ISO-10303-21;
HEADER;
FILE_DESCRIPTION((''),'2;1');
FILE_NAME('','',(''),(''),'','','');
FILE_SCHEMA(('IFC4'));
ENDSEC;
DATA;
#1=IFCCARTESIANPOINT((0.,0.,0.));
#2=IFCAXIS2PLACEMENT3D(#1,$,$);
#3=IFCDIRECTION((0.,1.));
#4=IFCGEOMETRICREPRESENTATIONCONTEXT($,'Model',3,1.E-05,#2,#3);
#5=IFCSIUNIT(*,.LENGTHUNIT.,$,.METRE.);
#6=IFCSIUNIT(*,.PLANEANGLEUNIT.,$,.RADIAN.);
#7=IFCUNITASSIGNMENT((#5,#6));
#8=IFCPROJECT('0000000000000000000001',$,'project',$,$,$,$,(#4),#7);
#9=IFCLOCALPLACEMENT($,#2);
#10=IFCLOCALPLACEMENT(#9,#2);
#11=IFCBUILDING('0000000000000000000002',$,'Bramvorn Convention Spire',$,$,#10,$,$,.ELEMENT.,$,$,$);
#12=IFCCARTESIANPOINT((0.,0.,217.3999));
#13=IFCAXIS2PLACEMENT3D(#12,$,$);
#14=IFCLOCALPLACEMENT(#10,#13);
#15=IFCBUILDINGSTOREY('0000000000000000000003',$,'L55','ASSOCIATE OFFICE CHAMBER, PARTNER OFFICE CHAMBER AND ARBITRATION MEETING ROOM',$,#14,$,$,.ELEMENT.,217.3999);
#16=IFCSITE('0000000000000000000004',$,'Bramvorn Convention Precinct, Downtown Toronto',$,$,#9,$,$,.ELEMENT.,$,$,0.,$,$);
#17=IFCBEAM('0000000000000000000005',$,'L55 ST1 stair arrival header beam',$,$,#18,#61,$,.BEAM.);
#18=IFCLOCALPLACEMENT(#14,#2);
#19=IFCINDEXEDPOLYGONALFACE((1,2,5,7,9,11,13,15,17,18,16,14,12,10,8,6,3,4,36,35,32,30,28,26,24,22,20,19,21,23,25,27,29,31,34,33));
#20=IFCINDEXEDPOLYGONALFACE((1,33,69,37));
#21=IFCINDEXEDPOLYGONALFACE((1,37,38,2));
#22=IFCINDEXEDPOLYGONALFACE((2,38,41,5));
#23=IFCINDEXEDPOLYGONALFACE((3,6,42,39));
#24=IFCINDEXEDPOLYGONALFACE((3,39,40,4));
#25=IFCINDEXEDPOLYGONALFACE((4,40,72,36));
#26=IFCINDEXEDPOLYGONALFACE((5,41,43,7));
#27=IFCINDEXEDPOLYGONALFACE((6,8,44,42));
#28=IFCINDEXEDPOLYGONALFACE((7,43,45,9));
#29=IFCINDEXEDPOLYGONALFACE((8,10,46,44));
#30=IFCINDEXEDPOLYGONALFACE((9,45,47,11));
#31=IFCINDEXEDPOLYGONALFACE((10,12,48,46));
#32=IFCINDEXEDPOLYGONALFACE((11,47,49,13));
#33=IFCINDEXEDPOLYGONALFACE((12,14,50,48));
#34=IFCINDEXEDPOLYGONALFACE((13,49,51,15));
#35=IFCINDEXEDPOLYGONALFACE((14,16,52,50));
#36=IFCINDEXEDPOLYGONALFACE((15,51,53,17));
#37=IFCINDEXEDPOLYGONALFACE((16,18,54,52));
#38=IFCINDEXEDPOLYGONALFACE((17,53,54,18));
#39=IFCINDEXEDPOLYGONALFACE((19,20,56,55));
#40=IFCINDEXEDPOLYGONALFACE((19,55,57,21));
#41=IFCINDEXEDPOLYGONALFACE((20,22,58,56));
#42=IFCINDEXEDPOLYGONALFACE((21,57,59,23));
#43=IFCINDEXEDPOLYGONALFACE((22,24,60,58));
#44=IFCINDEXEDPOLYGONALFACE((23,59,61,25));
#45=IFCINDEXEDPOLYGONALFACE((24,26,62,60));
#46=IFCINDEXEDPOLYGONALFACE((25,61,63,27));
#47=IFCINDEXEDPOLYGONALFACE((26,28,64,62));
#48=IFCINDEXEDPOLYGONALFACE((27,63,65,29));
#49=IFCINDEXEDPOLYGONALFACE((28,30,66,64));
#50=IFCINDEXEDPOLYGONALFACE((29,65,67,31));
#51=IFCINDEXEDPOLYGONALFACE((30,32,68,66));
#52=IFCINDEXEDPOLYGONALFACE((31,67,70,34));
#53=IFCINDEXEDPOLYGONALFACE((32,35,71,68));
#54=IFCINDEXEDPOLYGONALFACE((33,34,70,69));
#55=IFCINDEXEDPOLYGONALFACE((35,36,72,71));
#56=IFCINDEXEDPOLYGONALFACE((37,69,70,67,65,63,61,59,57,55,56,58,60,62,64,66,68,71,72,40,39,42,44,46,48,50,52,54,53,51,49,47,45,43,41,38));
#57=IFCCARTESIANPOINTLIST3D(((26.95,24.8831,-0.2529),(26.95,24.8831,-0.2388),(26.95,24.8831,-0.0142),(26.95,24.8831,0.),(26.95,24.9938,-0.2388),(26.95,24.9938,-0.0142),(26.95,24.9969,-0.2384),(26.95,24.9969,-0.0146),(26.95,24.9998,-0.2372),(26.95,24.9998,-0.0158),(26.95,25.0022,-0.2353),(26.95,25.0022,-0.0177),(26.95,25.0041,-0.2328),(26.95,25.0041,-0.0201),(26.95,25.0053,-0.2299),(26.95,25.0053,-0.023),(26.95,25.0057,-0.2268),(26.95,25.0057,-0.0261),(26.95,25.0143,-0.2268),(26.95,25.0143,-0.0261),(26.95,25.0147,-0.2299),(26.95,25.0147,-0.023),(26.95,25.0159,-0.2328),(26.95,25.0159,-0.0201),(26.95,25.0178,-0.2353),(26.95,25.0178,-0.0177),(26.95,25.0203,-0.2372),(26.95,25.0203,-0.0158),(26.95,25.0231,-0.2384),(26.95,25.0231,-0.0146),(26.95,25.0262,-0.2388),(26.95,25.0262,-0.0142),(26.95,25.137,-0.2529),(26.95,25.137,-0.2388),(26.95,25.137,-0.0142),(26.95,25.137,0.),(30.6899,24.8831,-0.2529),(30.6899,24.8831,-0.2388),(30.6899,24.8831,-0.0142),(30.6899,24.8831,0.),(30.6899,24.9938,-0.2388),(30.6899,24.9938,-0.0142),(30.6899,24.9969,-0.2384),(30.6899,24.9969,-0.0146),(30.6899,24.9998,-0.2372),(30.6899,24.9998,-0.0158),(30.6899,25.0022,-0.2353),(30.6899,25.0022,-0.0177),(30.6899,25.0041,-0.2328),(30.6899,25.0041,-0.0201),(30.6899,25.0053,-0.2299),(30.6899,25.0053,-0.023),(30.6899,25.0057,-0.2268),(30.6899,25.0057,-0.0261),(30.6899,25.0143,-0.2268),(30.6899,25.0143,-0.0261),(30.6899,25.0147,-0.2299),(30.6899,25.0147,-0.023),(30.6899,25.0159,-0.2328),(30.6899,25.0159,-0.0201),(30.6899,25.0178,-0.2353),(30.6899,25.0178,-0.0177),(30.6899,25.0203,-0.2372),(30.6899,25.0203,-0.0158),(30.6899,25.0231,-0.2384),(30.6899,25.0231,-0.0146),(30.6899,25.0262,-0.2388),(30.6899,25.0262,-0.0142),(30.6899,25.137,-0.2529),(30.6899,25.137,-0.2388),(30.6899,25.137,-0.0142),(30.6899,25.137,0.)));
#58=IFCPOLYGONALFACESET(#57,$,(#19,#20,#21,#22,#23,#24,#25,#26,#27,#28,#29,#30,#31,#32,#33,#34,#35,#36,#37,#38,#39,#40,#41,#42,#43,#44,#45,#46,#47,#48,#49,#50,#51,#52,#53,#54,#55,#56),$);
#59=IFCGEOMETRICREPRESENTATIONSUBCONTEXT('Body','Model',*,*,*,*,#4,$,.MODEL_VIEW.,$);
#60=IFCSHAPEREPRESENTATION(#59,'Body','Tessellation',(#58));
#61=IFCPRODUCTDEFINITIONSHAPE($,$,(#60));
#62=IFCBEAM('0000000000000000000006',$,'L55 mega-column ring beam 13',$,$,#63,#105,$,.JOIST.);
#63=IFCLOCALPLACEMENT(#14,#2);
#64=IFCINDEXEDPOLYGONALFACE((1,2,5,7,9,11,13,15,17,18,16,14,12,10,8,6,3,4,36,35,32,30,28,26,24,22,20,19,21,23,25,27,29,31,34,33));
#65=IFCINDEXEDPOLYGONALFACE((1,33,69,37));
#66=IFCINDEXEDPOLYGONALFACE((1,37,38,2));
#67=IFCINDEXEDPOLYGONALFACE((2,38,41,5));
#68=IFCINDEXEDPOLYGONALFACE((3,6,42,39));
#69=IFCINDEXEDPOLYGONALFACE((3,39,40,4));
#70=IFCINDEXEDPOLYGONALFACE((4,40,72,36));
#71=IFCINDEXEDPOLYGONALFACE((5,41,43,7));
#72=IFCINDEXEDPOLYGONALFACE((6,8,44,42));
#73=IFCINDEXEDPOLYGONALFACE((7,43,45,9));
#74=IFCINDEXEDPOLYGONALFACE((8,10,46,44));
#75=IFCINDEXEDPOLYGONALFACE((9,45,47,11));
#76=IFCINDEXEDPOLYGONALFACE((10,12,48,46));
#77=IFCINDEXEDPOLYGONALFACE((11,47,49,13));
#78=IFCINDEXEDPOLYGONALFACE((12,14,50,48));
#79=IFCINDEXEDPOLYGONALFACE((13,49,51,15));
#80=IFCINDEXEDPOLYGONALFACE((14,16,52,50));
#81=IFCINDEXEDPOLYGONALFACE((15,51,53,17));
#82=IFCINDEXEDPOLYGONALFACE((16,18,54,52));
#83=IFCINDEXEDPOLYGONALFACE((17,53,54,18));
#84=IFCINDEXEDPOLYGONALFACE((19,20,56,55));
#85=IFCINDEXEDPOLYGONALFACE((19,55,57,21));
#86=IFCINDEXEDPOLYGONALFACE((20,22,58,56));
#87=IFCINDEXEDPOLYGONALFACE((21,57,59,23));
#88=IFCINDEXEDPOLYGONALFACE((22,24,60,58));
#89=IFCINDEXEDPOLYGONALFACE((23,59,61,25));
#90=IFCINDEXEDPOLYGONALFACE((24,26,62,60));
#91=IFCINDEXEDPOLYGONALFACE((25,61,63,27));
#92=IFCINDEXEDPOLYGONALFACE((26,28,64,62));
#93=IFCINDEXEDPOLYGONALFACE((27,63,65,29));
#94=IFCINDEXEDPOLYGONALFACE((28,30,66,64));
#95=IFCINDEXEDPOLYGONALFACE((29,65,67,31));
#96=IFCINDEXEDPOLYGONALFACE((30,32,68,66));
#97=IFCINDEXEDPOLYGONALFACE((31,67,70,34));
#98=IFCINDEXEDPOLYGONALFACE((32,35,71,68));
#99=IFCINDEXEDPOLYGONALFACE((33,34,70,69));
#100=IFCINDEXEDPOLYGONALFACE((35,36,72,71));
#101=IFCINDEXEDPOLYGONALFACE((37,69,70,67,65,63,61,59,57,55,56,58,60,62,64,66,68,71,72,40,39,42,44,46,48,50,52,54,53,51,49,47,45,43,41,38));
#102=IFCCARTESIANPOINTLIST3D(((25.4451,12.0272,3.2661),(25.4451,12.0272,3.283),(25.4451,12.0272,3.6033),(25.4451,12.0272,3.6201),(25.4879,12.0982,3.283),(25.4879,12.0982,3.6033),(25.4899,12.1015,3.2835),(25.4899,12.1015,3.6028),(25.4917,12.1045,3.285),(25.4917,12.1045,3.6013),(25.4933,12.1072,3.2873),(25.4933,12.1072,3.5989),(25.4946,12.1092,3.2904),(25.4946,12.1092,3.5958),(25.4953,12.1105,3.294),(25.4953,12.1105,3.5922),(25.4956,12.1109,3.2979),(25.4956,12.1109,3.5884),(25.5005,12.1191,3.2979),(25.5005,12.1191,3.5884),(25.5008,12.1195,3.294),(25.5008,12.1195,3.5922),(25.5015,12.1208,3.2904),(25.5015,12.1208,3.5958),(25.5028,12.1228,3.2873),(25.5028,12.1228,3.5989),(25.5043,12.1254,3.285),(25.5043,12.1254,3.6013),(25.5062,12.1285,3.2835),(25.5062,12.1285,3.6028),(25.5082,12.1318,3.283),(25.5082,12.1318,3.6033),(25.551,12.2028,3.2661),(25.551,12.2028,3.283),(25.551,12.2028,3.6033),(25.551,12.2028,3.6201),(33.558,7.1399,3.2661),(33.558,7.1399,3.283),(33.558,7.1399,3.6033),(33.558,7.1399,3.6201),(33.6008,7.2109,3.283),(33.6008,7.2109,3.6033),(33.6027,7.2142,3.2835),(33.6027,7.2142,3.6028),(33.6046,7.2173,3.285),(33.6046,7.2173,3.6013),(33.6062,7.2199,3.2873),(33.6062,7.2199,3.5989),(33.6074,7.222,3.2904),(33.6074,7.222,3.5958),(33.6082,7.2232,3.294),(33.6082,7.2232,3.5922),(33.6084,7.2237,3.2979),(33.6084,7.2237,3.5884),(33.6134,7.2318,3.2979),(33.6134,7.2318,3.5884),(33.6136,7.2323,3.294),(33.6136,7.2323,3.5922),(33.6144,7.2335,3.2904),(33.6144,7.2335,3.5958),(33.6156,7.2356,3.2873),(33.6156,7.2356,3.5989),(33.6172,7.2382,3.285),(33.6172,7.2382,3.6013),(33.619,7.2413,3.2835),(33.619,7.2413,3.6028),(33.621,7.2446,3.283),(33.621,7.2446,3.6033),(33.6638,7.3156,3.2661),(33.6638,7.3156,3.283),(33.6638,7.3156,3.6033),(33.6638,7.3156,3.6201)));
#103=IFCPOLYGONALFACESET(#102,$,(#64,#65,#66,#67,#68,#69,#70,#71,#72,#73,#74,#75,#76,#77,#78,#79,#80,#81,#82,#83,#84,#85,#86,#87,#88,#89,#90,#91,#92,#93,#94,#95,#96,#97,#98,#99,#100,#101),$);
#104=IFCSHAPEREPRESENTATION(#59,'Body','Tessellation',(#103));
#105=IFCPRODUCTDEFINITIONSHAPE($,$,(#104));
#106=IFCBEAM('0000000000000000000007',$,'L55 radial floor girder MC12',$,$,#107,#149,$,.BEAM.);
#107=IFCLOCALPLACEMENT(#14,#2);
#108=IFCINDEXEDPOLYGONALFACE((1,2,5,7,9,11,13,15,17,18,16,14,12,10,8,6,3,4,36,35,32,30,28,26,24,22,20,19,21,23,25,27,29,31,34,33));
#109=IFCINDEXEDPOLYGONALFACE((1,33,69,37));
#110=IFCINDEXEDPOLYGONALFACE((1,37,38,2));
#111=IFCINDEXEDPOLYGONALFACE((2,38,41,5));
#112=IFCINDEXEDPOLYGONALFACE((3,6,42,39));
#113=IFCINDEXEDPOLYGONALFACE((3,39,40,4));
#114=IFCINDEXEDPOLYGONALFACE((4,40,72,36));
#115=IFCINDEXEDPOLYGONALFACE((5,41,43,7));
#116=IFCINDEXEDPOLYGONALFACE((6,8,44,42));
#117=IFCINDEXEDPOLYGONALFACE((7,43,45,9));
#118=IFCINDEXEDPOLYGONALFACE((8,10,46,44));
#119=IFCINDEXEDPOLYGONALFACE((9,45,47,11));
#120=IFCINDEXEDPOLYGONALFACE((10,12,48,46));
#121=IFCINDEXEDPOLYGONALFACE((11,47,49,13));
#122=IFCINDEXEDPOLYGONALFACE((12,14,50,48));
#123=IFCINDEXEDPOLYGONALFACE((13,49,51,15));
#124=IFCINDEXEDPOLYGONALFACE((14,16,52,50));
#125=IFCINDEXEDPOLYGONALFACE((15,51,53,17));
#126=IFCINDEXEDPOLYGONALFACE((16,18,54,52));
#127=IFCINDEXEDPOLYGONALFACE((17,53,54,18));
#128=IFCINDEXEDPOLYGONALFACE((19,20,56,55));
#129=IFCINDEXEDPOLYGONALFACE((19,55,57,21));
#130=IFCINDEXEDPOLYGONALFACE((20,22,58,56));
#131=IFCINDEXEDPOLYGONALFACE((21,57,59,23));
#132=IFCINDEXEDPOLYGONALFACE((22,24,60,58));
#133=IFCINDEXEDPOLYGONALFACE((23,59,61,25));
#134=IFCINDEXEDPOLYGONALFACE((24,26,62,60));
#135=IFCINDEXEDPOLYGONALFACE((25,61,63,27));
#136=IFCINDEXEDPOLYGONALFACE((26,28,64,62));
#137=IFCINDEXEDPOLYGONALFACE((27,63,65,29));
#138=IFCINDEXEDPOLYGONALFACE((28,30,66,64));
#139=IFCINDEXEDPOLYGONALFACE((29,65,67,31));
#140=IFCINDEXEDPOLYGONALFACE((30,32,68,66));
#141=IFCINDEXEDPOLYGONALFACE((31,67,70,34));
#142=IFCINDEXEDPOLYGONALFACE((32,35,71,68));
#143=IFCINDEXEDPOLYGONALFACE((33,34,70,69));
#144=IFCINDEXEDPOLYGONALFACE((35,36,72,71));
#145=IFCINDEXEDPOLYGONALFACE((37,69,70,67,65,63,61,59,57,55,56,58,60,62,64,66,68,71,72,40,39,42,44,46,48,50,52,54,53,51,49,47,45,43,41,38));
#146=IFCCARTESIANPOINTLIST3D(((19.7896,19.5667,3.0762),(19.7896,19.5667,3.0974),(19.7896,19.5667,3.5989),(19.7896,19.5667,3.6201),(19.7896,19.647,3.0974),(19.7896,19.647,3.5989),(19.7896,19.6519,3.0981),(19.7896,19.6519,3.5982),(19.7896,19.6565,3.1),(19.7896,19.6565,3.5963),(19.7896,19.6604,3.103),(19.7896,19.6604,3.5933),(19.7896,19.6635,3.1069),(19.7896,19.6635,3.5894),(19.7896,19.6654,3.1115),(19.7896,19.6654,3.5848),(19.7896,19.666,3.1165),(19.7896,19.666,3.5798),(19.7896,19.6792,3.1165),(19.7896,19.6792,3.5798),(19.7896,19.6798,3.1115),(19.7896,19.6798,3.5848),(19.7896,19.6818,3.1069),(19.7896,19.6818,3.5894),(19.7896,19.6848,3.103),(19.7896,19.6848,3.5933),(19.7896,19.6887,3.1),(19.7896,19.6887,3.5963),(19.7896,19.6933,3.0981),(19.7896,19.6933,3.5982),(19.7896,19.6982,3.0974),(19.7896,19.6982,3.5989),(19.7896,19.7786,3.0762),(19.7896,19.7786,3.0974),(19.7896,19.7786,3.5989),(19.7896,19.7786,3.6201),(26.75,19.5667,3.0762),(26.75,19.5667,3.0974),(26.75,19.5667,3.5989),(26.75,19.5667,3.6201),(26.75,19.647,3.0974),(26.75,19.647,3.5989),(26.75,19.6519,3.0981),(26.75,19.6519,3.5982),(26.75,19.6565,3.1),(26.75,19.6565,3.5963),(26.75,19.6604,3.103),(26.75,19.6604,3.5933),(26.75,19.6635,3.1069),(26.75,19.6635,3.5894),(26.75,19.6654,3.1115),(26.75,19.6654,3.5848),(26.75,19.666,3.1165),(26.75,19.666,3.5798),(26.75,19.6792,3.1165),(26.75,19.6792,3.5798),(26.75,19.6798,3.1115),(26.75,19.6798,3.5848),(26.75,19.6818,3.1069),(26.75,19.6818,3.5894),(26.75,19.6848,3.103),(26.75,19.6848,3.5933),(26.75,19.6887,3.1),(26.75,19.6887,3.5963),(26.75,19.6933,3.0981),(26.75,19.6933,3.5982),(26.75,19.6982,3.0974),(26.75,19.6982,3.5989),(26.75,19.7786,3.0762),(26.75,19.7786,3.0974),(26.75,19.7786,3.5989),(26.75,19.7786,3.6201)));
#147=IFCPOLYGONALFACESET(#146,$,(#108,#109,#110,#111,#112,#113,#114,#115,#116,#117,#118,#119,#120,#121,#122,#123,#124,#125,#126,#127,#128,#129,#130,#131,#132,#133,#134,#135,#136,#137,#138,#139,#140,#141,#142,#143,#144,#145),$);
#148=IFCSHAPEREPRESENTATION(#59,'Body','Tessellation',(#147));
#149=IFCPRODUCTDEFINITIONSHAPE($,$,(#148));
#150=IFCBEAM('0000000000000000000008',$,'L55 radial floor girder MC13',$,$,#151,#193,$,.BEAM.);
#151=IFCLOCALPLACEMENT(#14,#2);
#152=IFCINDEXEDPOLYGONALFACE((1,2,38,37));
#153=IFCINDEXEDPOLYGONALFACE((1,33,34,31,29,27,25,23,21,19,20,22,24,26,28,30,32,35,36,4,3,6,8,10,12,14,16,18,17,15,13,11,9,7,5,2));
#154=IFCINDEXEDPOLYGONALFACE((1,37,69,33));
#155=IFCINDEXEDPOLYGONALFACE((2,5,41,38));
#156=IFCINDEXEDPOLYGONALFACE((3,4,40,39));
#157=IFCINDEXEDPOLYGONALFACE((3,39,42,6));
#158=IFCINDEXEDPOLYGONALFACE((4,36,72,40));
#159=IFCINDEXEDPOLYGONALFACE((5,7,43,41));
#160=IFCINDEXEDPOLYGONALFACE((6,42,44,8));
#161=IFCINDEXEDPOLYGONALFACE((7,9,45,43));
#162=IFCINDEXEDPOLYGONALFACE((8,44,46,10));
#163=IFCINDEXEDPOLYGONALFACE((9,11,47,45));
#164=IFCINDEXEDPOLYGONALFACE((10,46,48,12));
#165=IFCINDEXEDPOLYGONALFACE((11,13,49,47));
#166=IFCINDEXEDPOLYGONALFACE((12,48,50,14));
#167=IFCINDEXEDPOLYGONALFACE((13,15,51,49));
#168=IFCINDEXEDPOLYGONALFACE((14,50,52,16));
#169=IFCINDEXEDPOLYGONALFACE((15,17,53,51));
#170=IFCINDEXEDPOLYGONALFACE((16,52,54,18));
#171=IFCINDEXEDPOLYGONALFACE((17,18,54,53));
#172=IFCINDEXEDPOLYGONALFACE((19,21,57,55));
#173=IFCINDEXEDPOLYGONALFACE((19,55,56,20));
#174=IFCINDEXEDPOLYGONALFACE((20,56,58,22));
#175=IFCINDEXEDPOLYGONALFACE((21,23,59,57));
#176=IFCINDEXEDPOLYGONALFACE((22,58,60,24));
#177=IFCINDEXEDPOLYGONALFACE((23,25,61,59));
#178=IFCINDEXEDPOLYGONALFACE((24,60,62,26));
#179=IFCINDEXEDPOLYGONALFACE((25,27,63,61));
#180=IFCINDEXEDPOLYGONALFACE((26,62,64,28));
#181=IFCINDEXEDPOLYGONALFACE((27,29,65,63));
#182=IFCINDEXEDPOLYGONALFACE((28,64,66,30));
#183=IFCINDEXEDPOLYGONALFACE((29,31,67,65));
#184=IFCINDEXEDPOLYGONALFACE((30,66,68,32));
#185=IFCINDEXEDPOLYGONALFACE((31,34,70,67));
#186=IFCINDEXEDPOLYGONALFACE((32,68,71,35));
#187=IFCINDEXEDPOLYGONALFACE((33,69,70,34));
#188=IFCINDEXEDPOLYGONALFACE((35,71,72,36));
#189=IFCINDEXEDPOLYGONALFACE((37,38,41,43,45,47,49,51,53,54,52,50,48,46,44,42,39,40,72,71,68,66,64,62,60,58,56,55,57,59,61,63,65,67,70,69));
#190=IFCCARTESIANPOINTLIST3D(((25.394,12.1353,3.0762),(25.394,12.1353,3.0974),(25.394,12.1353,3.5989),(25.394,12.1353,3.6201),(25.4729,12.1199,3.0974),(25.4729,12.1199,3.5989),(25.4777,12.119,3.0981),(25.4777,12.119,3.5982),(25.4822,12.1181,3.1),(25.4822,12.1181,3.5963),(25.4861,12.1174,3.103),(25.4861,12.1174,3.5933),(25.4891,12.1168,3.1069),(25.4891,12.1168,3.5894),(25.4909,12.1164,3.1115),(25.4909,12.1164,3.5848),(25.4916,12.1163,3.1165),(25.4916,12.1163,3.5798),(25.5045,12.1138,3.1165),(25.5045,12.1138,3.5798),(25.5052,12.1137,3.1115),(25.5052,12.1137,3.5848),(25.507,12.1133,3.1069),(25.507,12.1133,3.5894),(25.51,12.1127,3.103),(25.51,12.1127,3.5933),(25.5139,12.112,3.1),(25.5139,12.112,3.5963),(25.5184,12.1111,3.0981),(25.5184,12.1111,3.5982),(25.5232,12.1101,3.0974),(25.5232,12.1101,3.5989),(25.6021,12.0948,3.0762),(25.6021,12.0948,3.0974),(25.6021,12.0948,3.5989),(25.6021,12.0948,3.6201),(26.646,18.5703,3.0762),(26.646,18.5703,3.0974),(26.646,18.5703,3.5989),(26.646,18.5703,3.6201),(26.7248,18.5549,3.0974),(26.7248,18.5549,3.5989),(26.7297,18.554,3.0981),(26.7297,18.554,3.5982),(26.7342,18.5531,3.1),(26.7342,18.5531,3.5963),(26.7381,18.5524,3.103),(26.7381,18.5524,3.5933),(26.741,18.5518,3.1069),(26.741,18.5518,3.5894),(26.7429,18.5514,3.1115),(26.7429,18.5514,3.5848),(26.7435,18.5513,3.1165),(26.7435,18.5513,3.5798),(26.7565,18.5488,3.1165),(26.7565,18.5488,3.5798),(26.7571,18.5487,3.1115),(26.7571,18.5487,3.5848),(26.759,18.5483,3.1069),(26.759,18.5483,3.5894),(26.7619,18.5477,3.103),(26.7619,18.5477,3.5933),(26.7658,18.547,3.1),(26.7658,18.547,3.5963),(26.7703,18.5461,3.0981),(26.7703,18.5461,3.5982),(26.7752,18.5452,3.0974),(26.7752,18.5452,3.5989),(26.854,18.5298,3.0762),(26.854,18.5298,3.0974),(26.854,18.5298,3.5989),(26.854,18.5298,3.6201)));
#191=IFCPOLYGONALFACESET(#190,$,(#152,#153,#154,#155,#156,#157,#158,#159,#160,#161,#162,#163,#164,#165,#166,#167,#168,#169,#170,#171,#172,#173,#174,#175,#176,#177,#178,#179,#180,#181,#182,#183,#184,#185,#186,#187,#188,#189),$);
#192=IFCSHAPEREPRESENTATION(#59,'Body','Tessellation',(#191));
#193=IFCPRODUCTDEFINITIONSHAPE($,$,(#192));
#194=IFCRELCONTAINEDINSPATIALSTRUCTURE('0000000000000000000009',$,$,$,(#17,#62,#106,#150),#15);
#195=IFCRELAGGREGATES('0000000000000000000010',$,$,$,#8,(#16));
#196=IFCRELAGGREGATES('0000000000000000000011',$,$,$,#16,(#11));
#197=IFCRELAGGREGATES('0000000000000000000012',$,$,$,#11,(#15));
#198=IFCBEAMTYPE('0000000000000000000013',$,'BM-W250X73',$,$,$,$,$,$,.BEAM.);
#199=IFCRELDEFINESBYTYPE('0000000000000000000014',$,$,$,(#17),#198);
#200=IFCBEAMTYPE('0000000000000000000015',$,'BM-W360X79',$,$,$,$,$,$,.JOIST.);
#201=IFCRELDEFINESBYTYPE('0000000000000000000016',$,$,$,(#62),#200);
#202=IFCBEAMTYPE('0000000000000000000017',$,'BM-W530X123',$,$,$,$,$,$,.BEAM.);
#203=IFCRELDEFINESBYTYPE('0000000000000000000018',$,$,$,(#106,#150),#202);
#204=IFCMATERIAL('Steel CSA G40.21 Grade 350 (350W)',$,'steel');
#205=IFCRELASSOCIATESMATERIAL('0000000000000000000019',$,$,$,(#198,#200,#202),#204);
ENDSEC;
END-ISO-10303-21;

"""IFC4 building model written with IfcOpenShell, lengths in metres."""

from ifc_helpers import new_model, si_unit, direction, frame, origin, origin_2d, place, context, subcontext, project, spatial, i_section, extrude, material, material_profile, profile_set, type_object, element, save


model = new_model("IFC4")

# Units and contexts
model_context = context("Model", 3, precision=1e-05, world=origin(), true_north=direction((0.0, 1.0)))
body_context = subcontext(model_context, "Body", "Model", "MODEL_VIEW")
ifc_project = project(units=[si_unit("LENGTHUNIT", "METRE"), si_unit("PLANEANGLEUNIT", "RADIAN")], contexts=[model_context])

# Site, building, storey
site_placement = place(None, origin())
site = spatial("IfcSite", under=ifc_project, at=site_placement, Name="Bramvorn Convention Precinct, Downtown Toronto", CompositionType="ELEMENT", RefElevation=0.0)
building_placement = place(site_placement, origin())
building = spatial("IfcBuilding", under=site, at=building_placement, Name="Bramvorn Convention Spire", CompositionType="ELEMENT")
storey_placement = place(building_placement, frame((0.0, 0.0, 217.3999)))
storey = spatial("IfcBuildingStorey", under=building, at=storey_placement, Name="L55", Description="ASSOCIATE OFFICE CHAMBER, PARTNER OFFICE CHAMBER AND ARBITRATION MEETING ROOM", CompositionType="ELEMENT", Elevation=217.3999)

# Shared definitions
ifc_material_1 = material(Name="Steel CSA G40.21 Grade 350 (350W)", Category="steel")

# Beams
ifc_material_profile_1 = material_profile(ifc_material_1, i_section(OverallWidth=0.2539, OverallDepth=0.2529, WebThickness=0.0085, FlangeThickness=0.0142, FilletRadius=0.012, at=origin_2d()))
ifc_profile_set_1 = profile_set([ifc_material_profile_1], Name="Steel CSA G40.21 Grade 350 (350W) - W250X73")
beam_type_1 = type_object("IfcBeamType", Name="BM-W250X73", PredefinedType="BEAM", material=ifc_profile_set_1)
beam_1_placement = place(storey_placement, frame((26.95, 25.01, -0.1265), z_axis=(1.0, 0.0, 0.0), x_axis=(0.0, 1.0, 0.0)))
element("IfcBeam", 1, at=beam_1_placement, inside=storey, type_object=beam_type_1, Name="L55 ST1 stair arrival header beam", PredefinedType="BEAM", context=body_context, shape_type="SweptSolid", body=[
    extrude(i_section(OverallWidth=0.2539, OverallDepth=0.2529, WebThickness=0.0085, FlangeThickness=0.0142, FilletRadius=0.012, at=origin_2d()), origin(), (0.0, 0.0, 1.0), 3.74),
])
ifc_material_profile_2 = material_profile(ifc_material_1, i_section(OverallWidth=0.2051, OverallDepth=0.354, WebThickness=0.0095, FlangeThickness=0.0168, FilletRadius=0.0149, at=origin_2d()))
ifc_profile_set_2 = profile_set([ifc_material_profile_2], Name="Steel CSA G40.21 Grade 350 (350W) - W360X79")
beam_type_2 = type_object("IfcBeamType", Name="BM-W360X79", PredefinedType="JOIST", material=ifc_profile_set_2)
beam_2_placement = place(storey_placement, frame((25.498, 12.115, 3.4431), z_axis=(0.856582, -0.516011, 0.0), x_axis=(0.516011, 0.856582, 0.0)))
element("IfcBeam", 2, at=beam_2_placement, inside=storey, type_object=beam_type_2, Name="L55 mega-column ring beam 13", PredefinedType="JOIST", context=body_context, shape_type="SweptSolid", body=[
    extrude(i_section(OverallWidth=0.2051, OverallDepth=0.354, WebThickness=0.0095, FlangeThickness=0.0168, FilletRadius=0.0149, at=origin_2d()), origin(), (0.0, 0.0, 1.0), 9.4712),
])
ifc_material_profile_3 = material_profile(ifc_material_1, i_section(OverallWidth=0.2119, OverallDepth=0.5439, WebThickness=0.0132, FlangeThickness=0.0212, FilletRadius=0.019, at=origin_2d()))
ifc_profile_set_3 = profile_set([ifc_material_profile_3], Name="Steel CSA G40.21 Grade 350 (350W) - W530X123")
beam_type_3 = type_object("IfcBeamType", Name="BM-W530X123", PredefinedType="BEAM", material=ifc_profile_set_3)
beam_3_placement = place(storey_placement, frame((26.75, 19.6726, 3.3481), z_axis=(-1.0, 0.0, 0.0), x_axis=(0.0, -1.0, 0.0)))
element("IfcBeam", 3, at=beam_3_placement, inside=storey, type_object=beam_type_3, Name="L55 radial floor girder MC12", PredefinedType="BEAM", context=body_context, shape_type="SweptSolid", body=[
    extrude(i_section(OverallWidth=0.2119, OverallDepth=0.5439, WebThickness=0.0132, FlangeThickness=0.0212, FilletRadius=0.019, at=origin_2d()), origin(), (0.0, 0.0, 1.0), 6.9604),
])
beam_4_placement = place(storey_placement, frame((26.75, 18.55, 3.3481), z_axis=(-0.190971, -0.981596, 0.0), x_axis=(0.981596, -0.190971, 0.0)))
element("IfcBeam", 4, at=beam_4_placement, inside=storey, type_object=beam_type_3, Name="L55 radial floor girder MC13", PredefinedType="BEAM", context=body_context, shape_type="SweptSolid", body=[
    extrude(i_section(OverallWidth=0.2119, OverallDepth=0.5439, WebThickness=0.0132, FlangeThickness=0.0212, FilletRadius=0.019, at=origin_2d()), origin(), (0.0, 0.0, 1.0), 6.5557),
])

save(model, "model.ifc")
